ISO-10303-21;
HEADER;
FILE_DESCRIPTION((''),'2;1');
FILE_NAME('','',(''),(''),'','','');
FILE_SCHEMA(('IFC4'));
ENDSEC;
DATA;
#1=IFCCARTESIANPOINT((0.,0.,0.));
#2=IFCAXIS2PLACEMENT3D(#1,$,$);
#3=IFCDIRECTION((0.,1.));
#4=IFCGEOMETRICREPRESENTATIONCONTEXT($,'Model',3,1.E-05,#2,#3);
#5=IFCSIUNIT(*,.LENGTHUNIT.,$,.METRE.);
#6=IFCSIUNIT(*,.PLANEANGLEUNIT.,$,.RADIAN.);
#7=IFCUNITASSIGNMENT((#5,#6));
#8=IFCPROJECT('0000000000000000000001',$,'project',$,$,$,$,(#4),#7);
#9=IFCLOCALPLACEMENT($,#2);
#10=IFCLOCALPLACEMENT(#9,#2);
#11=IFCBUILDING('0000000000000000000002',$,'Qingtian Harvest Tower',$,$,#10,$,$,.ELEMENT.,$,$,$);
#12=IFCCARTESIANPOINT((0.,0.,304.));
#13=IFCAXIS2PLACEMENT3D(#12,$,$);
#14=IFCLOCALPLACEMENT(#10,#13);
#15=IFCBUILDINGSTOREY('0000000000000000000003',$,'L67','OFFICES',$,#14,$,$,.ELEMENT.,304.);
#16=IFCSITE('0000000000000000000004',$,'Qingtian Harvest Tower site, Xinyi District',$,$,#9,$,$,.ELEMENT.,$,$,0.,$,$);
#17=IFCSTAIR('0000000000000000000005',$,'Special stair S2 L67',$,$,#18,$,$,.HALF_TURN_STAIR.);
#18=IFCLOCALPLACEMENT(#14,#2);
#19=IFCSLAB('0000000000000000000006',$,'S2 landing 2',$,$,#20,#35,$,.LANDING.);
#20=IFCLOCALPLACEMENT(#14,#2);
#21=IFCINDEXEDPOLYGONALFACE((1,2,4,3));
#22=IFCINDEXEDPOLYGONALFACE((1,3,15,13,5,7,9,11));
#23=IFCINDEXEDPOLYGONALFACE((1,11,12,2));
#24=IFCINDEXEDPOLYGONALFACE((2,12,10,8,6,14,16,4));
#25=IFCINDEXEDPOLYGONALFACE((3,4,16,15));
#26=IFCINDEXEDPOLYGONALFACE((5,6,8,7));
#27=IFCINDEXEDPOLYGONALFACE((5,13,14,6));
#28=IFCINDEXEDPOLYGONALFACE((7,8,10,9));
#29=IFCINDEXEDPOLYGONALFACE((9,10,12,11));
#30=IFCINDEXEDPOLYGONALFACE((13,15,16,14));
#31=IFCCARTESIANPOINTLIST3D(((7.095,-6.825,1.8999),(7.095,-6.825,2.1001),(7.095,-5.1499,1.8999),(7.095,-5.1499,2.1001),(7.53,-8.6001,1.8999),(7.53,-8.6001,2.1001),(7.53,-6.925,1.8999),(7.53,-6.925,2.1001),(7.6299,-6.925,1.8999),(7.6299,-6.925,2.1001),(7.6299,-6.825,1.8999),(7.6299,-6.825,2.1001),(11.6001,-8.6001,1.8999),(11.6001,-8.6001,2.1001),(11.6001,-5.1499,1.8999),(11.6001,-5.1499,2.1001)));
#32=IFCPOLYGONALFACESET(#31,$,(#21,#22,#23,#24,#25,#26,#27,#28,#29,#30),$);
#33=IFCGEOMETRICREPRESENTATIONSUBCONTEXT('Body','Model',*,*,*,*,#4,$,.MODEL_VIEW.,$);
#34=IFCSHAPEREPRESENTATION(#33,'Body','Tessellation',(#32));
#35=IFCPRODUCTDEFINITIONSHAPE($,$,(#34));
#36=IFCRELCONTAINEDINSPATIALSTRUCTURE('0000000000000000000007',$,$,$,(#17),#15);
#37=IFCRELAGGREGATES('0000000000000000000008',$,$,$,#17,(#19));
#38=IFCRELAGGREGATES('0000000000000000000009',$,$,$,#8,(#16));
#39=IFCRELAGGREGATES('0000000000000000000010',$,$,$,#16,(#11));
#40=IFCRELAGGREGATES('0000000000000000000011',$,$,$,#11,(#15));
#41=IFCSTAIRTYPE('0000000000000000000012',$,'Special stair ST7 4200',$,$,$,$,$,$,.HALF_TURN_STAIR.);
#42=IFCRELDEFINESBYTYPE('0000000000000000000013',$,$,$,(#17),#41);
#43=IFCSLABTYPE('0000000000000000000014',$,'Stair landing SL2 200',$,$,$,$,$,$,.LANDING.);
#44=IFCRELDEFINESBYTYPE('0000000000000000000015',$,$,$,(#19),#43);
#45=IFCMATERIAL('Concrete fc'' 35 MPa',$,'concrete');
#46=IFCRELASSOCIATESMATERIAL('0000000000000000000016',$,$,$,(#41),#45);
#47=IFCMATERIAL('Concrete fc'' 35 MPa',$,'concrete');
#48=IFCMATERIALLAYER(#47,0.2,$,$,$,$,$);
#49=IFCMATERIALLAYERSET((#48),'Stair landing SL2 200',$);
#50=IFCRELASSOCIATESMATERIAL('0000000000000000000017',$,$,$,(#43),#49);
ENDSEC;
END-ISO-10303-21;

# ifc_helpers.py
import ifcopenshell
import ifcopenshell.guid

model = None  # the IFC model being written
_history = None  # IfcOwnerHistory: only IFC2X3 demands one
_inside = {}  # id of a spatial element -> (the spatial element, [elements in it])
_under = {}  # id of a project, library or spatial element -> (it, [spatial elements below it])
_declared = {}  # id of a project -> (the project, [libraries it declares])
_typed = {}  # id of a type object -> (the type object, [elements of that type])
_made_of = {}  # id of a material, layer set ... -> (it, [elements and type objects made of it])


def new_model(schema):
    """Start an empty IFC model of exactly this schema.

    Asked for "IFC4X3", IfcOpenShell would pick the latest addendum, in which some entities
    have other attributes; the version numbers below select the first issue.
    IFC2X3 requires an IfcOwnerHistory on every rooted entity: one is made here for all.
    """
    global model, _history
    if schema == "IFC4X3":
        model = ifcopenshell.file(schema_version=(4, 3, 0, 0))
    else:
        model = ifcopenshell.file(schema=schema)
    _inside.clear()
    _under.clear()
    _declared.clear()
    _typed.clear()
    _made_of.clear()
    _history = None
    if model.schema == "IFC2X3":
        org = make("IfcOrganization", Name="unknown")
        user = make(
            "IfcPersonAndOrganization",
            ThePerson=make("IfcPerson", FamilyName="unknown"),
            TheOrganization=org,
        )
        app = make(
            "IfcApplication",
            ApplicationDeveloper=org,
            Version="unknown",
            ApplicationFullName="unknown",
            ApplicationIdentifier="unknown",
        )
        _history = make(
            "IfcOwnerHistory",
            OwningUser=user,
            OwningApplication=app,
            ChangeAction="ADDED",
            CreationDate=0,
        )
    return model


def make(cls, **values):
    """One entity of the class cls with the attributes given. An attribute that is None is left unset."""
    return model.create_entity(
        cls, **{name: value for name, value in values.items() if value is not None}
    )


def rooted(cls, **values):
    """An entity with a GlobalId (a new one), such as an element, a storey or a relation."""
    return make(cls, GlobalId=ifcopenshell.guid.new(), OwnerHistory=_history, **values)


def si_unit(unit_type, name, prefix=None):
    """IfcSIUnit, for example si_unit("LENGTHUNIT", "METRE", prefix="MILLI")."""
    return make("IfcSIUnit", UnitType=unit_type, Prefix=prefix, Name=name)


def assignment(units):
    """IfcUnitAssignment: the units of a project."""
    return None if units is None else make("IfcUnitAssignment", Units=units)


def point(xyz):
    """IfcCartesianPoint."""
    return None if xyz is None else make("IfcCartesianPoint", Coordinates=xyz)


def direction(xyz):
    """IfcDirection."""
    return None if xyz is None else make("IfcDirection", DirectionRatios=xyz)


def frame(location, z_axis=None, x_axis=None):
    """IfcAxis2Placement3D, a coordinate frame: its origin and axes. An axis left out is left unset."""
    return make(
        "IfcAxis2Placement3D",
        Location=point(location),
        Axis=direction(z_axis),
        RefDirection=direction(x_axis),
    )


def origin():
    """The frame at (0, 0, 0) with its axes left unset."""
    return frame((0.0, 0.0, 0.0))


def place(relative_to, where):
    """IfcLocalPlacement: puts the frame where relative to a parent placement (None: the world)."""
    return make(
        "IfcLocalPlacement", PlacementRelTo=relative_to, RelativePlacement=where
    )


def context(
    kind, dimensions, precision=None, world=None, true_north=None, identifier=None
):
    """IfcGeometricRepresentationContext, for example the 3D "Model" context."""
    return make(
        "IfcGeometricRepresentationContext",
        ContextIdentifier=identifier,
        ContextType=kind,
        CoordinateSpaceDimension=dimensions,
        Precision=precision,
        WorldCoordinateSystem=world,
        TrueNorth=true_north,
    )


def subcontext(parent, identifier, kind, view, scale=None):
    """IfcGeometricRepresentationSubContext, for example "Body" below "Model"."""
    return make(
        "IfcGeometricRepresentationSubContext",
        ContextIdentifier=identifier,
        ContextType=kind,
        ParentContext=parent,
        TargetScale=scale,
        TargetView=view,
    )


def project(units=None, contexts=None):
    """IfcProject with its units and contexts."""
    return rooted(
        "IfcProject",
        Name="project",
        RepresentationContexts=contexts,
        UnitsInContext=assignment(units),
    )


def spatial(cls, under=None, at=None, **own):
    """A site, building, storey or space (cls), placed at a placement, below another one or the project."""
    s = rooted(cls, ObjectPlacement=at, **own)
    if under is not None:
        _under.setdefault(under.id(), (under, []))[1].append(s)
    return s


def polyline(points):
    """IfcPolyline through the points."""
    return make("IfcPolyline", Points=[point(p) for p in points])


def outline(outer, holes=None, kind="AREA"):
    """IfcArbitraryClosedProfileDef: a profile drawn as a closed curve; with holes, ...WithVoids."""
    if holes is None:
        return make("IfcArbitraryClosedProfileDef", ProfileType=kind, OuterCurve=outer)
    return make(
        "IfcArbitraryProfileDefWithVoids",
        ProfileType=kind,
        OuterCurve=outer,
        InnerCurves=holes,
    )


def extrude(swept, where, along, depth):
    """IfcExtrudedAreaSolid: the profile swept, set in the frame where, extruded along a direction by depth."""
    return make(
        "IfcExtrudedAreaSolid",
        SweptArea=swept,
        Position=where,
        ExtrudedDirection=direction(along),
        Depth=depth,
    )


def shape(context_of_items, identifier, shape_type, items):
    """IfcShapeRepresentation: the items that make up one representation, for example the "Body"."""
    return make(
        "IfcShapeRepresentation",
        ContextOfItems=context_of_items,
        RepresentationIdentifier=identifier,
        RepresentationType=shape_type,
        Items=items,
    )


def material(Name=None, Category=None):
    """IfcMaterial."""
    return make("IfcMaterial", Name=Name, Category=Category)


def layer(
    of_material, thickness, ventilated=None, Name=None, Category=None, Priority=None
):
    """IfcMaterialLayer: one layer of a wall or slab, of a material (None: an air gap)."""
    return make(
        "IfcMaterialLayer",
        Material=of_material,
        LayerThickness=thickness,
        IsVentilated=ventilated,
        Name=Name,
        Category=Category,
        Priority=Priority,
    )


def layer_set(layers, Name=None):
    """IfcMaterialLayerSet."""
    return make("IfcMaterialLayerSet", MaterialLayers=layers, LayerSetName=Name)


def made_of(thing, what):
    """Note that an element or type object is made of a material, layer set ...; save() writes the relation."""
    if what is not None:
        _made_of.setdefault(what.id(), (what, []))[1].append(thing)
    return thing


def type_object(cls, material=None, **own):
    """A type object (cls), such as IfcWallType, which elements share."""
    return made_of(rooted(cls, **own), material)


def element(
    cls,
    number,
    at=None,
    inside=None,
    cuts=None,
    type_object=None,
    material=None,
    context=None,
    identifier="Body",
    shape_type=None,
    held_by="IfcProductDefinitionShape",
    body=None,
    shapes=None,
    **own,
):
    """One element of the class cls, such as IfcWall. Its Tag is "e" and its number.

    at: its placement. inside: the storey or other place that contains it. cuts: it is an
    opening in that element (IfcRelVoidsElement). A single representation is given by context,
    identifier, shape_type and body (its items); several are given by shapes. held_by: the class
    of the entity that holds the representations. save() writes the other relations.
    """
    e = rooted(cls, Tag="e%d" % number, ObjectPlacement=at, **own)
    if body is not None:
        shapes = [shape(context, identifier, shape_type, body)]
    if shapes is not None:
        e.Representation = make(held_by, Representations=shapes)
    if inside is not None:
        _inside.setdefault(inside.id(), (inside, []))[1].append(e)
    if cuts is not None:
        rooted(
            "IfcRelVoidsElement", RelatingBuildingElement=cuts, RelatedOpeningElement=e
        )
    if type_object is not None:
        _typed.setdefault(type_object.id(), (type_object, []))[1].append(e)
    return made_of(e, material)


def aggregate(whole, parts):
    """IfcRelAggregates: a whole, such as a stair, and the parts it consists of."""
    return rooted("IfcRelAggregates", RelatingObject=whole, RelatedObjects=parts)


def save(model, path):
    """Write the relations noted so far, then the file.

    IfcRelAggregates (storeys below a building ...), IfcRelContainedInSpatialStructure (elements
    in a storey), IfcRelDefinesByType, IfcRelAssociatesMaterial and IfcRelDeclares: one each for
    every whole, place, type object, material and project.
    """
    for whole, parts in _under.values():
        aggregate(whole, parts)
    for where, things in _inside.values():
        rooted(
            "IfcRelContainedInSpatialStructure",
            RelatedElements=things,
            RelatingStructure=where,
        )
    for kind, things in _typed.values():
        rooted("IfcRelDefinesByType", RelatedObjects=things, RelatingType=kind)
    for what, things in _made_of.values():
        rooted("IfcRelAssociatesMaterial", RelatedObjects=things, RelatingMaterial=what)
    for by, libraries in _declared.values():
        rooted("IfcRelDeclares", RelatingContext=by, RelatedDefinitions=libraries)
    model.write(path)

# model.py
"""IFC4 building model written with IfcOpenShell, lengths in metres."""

from ifc_helpers import new_model, si_unit, direction, frame, origin, place, context, subcontext, project, spatial, polyline, outline, extrude, material, layer, layer_set, type_object, element, aggregate, save


model = new_model("IFC4")

# Units and contexts
model_context = context("Model", 3, precision=1e-05, world=origin(), true_north=direction((0.0, 1.0)))
body_context = subcontext(model_context, "Body", "Model", "MODEL_VIEW")
ifc_project = project(units=[si_unit("LENGTHUNIT", "METRE"), si_unit("PLANEANGLEUNIT", "RADIAN")], contexts=[model_context])

# Site, building, storey
site_placement = place(None, origin())
site = spatial("IfcSite", under=ifc_project, at=site_placement, Name="Qingtian Harvest Tower site, Xinyi District", CompositionType="ELEMENT", RefElevation=0.0)
building_placement = place(site_placement, origin())
building = spatial("IfcBuilding", under=site, at=building_placement, Name="Qingtian Harvest Tower", CompositionType="ELEMENT")
storey_placement = place(building_placement, frame((0.0, 0.0, 304.0)))
storey = spatial("IfcBuildingStorey", under=building, at=storey_placement, Name="L67", Description="OFFICES", CompositionType="ELEMENT", Elevation=304.0)

# Stair, slab
ifc_material_1 = material(Name="Concrete fc' 35 MPa", Category="concrete")
stair_type = type_object("IfcStairType", Name="Special stair ST7 4200", PredefinedType="HALF_TURN_STAIR", material=ifc_material_1)
stair_placement = place(storey_placement, origin())
stair = element("IfcStair", 1, at=stair_placement, inside=storey, type_object=stair_type, Name="Special stair S2 L67", PredefinedType="HALF_TURN_STAIR")
ifc_material_2 = material(Name="Concrete fc' 35 MPa", Category="concrete")
ifc_layer_1 = layer(ifc_material_2, 0.2)
ifc_layer_set_1 = layer_set([ifc_layer_1], Name="Stair landing SL2 200")
slab_type_1 = type_object("IfcSlabType", Name="Stair landing SL2 200", PredefinedType="LANDING", material=ifc_layer_set_1)
slab_1_placement = place(storey_placement, frame((0.0, 0.0, 1.8999)))
slab_1 = element("IfcSlab", 2, at=slab_1_placement, type_object=slab_type_1, Name="S2 landing 2", PredefinedType="LANDING", context=body_context, shape_type="SweptSolid", body=[
    extrude(outline(polyline([(7.53, -8.6001), (7.53, -6.925), (7.6299, -6.925), (7.6299, -6.825), (7.095, -6.825), (7.095, -5.1499), (11.6001, -5.1499), (11.6001, -8.6001), (7.53, -8.6001)])), origin(), (0.0, 0.0, 1.0), 0.2002),
])
aggregate(stair, [slab_1])

save(model, "model.ifc")
